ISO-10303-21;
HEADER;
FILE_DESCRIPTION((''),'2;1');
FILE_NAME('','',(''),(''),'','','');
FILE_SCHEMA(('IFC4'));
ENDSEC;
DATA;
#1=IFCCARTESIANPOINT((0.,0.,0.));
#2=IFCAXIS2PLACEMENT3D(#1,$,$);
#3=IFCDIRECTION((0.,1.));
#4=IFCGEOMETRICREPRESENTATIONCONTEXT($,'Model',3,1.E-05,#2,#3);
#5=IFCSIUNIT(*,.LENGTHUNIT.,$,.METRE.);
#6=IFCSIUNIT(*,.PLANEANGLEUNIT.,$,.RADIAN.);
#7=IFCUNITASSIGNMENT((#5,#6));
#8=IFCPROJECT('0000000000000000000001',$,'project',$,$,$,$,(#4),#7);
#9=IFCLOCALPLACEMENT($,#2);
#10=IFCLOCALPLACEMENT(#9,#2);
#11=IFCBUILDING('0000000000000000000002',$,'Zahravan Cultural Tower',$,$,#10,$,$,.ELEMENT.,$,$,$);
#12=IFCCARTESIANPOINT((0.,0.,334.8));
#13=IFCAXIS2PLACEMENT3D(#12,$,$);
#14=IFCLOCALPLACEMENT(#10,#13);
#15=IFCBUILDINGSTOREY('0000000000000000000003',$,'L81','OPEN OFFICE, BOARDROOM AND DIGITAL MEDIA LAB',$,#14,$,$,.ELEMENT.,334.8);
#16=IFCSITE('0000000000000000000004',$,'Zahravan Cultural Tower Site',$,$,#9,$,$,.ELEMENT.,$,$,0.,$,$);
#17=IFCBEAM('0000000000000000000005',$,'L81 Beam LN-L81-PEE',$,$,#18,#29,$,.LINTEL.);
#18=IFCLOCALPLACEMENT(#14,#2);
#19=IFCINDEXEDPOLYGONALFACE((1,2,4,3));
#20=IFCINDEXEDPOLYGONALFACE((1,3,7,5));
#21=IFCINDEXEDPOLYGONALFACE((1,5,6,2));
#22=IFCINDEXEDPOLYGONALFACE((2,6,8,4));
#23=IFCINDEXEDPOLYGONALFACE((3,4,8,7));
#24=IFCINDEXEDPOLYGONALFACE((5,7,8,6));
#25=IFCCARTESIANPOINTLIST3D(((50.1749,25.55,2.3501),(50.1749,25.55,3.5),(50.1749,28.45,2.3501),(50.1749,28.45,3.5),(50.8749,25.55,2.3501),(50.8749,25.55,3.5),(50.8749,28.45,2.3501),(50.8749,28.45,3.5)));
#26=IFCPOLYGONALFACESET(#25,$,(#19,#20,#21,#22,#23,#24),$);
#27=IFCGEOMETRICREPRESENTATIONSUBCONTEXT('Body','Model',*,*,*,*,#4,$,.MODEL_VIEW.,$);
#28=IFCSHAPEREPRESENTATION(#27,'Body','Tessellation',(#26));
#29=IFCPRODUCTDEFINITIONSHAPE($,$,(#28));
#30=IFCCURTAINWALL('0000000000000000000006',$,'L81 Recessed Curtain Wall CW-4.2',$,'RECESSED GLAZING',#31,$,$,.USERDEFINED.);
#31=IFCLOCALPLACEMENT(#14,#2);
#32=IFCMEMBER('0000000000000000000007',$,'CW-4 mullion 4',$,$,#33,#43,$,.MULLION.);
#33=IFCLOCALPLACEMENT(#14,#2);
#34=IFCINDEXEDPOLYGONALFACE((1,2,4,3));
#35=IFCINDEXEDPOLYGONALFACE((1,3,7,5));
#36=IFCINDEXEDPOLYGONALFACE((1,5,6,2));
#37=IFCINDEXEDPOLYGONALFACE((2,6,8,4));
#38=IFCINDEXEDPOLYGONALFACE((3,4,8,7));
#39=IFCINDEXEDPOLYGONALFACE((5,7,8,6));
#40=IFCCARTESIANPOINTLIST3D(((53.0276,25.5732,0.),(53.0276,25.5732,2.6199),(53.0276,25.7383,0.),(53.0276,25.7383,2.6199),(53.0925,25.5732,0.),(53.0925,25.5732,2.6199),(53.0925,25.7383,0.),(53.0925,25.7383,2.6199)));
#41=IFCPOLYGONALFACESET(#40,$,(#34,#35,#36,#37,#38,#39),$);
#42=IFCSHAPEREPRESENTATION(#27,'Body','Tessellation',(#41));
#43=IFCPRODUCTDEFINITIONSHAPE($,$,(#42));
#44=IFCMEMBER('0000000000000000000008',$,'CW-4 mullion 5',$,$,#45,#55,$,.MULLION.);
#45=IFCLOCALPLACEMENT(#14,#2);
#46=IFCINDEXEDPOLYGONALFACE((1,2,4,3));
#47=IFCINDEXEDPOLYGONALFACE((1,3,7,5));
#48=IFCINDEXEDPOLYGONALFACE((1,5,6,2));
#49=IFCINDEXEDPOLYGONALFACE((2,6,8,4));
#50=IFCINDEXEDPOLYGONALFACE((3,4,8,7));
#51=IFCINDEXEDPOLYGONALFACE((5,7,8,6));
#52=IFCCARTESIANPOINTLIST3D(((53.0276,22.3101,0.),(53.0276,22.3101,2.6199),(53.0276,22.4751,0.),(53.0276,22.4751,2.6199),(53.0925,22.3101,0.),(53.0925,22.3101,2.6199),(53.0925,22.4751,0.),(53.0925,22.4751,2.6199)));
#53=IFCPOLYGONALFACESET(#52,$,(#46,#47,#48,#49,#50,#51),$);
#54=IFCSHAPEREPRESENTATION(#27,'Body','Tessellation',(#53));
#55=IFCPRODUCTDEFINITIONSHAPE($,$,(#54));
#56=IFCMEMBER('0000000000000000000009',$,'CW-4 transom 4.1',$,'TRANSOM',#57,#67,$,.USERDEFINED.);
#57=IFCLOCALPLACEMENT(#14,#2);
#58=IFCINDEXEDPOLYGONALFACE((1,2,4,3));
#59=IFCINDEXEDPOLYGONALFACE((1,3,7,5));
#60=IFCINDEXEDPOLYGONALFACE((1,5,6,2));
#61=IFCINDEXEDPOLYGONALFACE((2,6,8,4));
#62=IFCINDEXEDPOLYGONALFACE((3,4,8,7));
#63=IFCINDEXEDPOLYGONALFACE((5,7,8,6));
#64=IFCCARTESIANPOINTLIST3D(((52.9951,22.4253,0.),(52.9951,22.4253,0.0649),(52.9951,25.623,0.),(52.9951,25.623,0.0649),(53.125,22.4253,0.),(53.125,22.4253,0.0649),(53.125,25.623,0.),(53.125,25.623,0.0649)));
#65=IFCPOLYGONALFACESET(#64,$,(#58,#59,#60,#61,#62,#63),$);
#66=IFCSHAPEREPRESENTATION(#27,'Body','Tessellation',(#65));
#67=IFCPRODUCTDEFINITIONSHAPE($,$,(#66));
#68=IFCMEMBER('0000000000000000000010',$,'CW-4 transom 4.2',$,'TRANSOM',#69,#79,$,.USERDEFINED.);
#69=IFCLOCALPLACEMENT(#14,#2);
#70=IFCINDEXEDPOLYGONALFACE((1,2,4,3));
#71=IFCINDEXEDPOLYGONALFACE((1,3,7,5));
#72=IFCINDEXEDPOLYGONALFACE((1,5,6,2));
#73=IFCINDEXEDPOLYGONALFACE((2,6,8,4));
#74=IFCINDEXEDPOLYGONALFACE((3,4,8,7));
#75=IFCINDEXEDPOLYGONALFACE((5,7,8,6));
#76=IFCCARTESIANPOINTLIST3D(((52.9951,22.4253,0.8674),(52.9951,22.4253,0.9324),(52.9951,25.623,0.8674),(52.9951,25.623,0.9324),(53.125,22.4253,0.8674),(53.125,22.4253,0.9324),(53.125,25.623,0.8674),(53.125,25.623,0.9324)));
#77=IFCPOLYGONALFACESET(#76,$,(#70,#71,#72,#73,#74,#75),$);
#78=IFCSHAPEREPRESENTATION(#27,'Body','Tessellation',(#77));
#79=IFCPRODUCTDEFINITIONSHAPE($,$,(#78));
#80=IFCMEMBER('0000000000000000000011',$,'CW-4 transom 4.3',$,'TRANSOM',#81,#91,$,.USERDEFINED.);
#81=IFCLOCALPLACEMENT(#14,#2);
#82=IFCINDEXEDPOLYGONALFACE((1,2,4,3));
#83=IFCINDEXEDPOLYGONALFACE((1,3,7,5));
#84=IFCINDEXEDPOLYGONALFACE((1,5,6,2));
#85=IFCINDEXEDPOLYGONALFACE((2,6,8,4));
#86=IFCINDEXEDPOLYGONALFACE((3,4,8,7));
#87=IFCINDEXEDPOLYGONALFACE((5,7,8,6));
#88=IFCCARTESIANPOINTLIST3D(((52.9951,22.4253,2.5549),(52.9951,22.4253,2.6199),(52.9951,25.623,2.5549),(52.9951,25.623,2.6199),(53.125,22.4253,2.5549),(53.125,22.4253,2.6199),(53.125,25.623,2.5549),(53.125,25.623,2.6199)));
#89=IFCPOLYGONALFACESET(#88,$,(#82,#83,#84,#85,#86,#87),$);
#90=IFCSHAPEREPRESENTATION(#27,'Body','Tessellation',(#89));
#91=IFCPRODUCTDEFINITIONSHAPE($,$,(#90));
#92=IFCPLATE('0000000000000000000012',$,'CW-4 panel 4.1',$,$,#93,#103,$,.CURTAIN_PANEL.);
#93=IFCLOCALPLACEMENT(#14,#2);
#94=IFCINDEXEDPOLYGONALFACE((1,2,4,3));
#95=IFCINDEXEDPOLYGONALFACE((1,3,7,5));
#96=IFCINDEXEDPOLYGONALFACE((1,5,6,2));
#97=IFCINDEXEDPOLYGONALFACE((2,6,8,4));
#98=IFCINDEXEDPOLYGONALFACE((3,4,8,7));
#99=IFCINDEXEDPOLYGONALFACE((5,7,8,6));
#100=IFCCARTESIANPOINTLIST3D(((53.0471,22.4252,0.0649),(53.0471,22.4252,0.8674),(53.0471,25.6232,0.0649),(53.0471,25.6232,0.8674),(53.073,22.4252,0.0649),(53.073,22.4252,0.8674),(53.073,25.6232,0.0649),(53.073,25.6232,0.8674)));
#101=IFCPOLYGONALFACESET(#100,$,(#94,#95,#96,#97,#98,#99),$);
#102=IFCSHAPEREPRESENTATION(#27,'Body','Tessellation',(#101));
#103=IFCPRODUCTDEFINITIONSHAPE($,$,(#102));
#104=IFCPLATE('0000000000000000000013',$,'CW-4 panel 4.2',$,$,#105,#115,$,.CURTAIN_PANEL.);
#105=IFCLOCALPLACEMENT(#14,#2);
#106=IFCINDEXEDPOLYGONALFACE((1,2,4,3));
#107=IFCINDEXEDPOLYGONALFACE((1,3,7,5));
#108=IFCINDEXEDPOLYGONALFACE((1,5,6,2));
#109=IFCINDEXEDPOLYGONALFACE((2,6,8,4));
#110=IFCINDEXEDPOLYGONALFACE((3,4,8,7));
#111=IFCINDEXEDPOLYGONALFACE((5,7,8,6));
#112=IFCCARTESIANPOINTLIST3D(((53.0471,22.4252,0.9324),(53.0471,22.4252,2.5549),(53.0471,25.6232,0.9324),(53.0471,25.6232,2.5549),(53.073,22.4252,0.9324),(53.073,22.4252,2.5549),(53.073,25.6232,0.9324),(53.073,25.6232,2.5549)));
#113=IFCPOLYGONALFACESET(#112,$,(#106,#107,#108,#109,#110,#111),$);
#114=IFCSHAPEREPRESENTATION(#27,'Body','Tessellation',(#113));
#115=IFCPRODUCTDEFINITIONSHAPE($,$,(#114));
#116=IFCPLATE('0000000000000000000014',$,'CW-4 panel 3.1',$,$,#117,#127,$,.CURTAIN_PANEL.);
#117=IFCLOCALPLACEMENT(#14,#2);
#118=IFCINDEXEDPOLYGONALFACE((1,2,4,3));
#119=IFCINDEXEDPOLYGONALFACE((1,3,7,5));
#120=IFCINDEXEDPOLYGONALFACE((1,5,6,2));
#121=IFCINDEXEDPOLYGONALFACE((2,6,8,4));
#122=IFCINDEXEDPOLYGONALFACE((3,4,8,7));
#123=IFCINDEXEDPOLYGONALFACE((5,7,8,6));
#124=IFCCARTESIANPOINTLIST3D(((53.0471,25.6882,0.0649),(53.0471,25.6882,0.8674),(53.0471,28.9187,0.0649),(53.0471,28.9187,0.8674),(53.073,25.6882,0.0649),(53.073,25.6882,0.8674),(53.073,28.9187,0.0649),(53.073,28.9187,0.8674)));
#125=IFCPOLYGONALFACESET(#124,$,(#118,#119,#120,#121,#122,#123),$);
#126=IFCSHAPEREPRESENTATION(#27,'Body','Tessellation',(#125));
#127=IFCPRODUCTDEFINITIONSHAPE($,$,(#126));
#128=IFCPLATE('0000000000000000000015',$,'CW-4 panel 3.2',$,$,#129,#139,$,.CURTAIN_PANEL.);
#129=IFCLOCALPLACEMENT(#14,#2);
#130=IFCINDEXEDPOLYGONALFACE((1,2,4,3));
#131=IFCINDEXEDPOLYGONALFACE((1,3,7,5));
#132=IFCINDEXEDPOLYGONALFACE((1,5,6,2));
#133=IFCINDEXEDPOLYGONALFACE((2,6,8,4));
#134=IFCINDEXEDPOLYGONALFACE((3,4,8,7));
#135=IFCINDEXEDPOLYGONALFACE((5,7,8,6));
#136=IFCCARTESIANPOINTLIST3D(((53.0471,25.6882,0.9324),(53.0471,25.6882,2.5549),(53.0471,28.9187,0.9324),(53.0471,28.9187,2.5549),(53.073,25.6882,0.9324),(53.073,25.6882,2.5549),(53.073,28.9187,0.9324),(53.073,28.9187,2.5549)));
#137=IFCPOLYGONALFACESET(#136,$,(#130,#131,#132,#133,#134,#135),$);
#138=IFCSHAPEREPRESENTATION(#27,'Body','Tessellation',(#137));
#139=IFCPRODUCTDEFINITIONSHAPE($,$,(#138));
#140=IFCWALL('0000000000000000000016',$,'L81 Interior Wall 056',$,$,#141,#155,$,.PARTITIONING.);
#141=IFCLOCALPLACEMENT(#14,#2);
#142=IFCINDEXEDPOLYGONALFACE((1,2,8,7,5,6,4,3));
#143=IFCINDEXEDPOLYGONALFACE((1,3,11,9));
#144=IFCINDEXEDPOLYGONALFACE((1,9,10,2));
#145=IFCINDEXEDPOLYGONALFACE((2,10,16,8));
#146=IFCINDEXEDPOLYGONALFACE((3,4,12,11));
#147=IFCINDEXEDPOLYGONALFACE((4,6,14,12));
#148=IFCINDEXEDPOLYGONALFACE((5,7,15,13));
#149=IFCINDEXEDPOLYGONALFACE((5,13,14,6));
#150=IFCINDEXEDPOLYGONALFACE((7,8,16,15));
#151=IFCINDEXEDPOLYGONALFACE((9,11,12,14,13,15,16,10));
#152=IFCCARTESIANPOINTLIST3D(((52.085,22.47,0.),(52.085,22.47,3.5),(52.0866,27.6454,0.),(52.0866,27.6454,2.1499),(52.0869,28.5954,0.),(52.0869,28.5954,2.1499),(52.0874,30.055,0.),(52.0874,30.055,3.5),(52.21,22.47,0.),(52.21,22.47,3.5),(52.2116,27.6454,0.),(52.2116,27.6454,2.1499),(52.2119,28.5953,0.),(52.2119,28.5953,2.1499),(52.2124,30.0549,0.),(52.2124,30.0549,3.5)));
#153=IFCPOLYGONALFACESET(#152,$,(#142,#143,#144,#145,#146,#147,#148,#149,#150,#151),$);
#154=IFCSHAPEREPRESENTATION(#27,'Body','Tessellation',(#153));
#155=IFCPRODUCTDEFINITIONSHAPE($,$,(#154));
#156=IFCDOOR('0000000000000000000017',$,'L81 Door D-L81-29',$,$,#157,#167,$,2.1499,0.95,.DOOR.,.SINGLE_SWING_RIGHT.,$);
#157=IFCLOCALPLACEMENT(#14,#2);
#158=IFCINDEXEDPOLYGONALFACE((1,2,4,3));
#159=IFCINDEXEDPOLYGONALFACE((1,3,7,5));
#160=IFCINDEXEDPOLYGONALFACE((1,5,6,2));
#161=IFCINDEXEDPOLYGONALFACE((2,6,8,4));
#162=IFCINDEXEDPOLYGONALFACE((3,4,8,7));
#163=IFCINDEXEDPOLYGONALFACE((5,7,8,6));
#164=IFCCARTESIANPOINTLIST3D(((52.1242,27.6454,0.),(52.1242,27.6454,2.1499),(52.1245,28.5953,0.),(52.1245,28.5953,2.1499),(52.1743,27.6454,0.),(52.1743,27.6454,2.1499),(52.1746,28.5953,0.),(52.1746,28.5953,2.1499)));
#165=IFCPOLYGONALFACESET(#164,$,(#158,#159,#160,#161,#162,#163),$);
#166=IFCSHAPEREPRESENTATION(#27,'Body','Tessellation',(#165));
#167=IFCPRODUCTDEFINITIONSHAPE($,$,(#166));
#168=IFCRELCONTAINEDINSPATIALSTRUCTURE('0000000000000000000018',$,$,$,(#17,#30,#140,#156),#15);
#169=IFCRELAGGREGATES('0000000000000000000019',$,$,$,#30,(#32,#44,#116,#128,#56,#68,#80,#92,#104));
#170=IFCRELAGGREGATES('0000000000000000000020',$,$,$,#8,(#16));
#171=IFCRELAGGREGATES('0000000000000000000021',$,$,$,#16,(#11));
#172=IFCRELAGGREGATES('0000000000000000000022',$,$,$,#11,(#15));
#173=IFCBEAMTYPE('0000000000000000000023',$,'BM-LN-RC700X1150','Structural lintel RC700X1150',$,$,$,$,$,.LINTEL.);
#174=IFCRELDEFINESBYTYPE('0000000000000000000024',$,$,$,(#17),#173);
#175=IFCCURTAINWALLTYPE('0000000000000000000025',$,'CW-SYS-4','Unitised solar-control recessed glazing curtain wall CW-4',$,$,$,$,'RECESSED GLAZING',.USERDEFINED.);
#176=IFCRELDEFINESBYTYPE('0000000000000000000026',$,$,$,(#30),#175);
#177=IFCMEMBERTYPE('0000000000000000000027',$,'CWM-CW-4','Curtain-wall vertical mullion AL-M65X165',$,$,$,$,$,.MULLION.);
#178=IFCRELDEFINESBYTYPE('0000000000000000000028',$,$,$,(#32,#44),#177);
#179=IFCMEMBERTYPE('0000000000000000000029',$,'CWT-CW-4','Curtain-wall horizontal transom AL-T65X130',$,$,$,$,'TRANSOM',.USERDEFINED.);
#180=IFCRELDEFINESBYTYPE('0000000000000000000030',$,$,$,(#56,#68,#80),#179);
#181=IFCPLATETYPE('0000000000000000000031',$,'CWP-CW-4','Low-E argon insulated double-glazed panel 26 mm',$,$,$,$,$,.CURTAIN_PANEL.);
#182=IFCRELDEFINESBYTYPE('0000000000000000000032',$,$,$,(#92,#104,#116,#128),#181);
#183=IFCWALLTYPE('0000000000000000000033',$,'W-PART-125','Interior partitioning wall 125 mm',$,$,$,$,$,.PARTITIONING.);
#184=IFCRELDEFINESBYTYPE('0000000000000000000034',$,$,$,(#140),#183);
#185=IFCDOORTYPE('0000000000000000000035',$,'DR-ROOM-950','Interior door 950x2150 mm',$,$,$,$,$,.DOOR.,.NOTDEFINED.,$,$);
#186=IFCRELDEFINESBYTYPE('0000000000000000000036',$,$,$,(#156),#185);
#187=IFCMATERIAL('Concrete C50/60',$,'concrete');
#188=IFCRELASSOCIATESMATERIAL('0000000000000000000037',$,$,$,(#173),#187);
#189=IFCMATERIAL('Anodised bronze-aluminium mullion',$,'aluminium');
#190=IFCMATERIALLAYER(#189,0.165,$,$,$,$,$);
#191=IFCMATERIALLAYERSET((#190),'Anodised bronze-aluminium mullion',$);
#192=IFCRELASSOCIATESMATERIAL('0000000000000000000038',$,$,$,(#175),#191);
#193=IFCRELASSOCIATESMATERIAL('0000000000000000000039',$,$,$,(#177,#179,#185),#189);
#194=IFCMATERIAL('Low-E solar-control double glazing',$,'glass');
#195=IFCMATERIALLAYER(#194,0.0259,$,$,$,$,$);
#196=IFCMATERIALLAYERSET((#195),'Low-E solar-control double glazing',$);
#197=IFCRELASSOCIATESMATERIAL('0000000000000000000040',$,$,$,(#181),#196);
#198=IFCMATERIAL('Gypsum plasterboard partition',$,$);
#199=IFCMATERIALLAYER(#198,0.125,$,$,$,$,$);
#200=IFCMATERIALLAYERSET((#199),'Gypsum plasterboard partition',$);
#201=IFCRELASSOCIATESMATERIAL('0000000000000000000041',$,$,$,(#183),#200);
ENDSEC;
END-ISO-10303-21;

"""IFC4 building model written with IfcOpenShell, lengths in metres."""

from ifc_helpers import new_model, si_unit, direction, frame, frame_2d, origin, origin_2d, place, context, subcontext, project, spatial, rectangle, extrude, source, transform, mapped, material, layer, layer_set, material_profile, profile_set, type_object, element, fill, aggregate, save


model = new_model("IFC4")

# Units and contexts
model_context = context("Model", 3, precision=1e-05, world=origin(), true_north=direction((0.0, 1.0)))
body_context = subcontext(model_context, "Body", "Model", "MODEL_VIEW")
ifc_project = project(units=[si_unit("LENGTHUNIT", "METRE"), si_unit("PLANEANGLEUNIT", "RADIAN")], contexts=[model_context])

# Site, building, storey
site_placement = place(None, origin())
site = spatial("IfcSite", under=ifc_project, at=site_placement, Name="Zahravan Cultural Tower Site", CompositionType="ELEMENT", RefElevation=0.0)
building_placement = place(site_placement, origin())
building = spatial("IfcBuilding", under=site, at=building_placement, Name="Zahravan Cultural Tower", CompositionType="ELEMENT")
storey_placement = place(building_placement, frame((0.0, 0.0, 334.8)))
storey = spatial("IfcBuildingStorey", under=building, at=storey_placement, Name="L81", Description="OPEN OFFICE, BOARDROOM AND DIGITAL MEDIA LAB", CompositionType="ELEMENT", Elevation=334.8)

# Beam
ifc_material_1 = material(Name="Concrete C50/60", Category="concrete")
ifc_material_profile_1 = material_profile(ifc_material_1, rectangle(XDim=0.7, YDim=1.1499, at=origin_2d()), Name="RC700X1150")
ifc_profile_set_1 = profile_set([ifc_material_profile_1], Name="Concrete C50/60")
beam_type = type_object("IfcBeamType", Name="BM-LN-RC700X1150", Description="Structural lintel RC700X1150", PredefinedType="LINTEL", material=ifc_profile_set_1)
shared_shape_1 = source(origin(), body_context, "Body", "SweptSolid", [
    extrude(rectangle(XDim=0.7, YDim=1.1499, at=origin_2d()), origin(), (0.0, 0.0, 1.0), 2.8999),
])
beam_placement = place(storey_placement, frame((50.5249, 25.55, 2.925), z_axis=(0.0, 1.0, 0.0), x_axis=(-1.0, 0.0, 0.0)))
element("IfcBeam", 1, at=beam_placement, inside=storey, type_object=beam_type, Name="L81 Beam LN-L81-PEE", PredefinedType="LINTEL", context=body_context, shape_type="MappedRepresentation", body=[
    mapped(shared_shape_1, transform((0.0, 0.0, 0.0), x_axis=(1.0, 0.0, 0.0), y_axis=(0.0, 1.0, 0.0), z_axis=(0.0, 0.0, 1.0), scale=1.0)),
])

# Curtain wall, members, plates
ifc_material_2 = material(Name="Anodised bronze-aluminium mullion", Category="aluminium")
ifc_layer_1 = layer(ifc_material_2, 0.165)
ifc_layer_set_1 = layer_set([ifc_layer_1], Name="Anodised bronze-aluminium mullion")
curtain_wall_type = type_object("IfcCurtainWallType", Name="CW-SYS-4", Description="Unitised solar-control recessed glazing curtain wall CW-4", ElementType="RECESSED GLAZING", PredefinedType="USERDEFINED", material=ifc_layer_set_1)
curtain_wall_placement = place(storey_placement, origin())
curtain_wall = element("IfcCurtainWall", 2, at=curtain_wall_placement, inside=storey, type_object=curtain_wall_type, Name="L81 Recessed Curtain Wall CW-4.2", ObjectType="RECESSED GLAZING", PredefinedType="USERDEFINED")
ifc_material_profile_2 = material_profile(ifc_material_2, rectangle(XDim=0.0649, YDim=0.165, at=origin_2d()), Name="AL-M65X165")
ifc_profile_set_2 = profile_set([ifc_material_profile_2], Name="Anodised bronze-aluminium mullion")
member_type_1 = type_object("IfcMemberType", Name="CWM-CW-4", Description="Curtain-wall vertical mullion AL-M65X165", PredefinedType="MULLION", material=ifc_profile_set_2)
shared_shape_2 = source(origin(), body_context, "Body", "SweptSolid", [
    extrude(rectangle(XDim=0.0649, YDim=0.165, at=origin_2d()), origin(), (0.0, 0.0, 1.0), 2.6199),
])
member_1_placement = place(storey_placement, frame((53.0601, 25.6558, 0.0), z_axis=(0.0, 0.0, 1.0), x_axis=(1.0, 0.0, 0.0)))
member_1 = element("IfcMember", 3, at=member_1_placement, type_object=member_type_1, Name="CW-4 mullion 4", PredefinedType="MULLION", context=body_context, shape_type="MappedRepresentation", body=[
    mapped(shared_shape_2, transform((0.0, 0.0, 0.0), x_axis=(1.0, 0.0, 0.0), y_axis=(0.0, 1.0, 0.0), z_axis=(0.0, 0.0, 1.0), scale=1.0)),
])
member_2_placement = place(storey_placement, frame((53.0601, 22.3926, 0.0), z_axis=(0.0, 0.0, 1.0), x_axis=(1.0, 0.0, 0.0)))
member_2 = element("IfcMember", 4, at=member_2_placement, type_object=member_type_1, Name="CW-4 mullion 5", PredefinedType="MULLION", context=body_context, shape_type="MappedRepresentation", body=[
    mapped(shared_shape_2, transform((0.0, 0.0, 0.0), x_axis=(1.0, 0.0, 0.0), y_axis=(0.0, 1.0, 0.0), z_axis=(0.0, 0.0, 1.0), scale=1.0)),
])
ifc_material_profile_3 = material_profile(ifc_material_2, rectangle(XDim=0.1299, YDim=0.0649, at=origin_2d()), Name="AL-T65X130")
ifc_profile_set_3 = profile_set([ifc_material_profile_3], Name="Anodised bronze-aluminium mullion")
member_type_2 = type_object("IfcMemberType", Name="CWT-CW-4", Description="Curtain-wall horizontal transom AL-T65X130", ElementType="TRANSOM", PredefinedType="USERDEFINED", material=ifc_profile_set_3)
shared_shape_3 = source(origin(), body_context, "Body", "SweptSolid", [
    extrude(rectangle(XDim=0.1299, YDim=0.0649, at=origin_2d()), origin(), (0.0, 0.0, 1.0), 3.1978),
])
member_3_placement = place(storey_placement, frame((53.0601, 25.623, 0.0325), z_axis=(0.0, -1.0, 0.0), x_axis=(1.0, 0.0, 0.0)))
member_3 = element("IfcMember", 5, at=member_3_placement, type_object=member_type_2, Name="CW-4 transom 4.1", ObjectType="TRANSOM", PredefinedType="USERDEFINED", context=body_context, shape_type="MappedRepresentation", body=[
    mapped(shared_shape_3, transform((0.0, 0.0, 0.0), x_axis=(1.0, 0.0, 0.0), y_axis=(0.0, 1.0, 0.0), z_axis=(0.0, 0.0, 1.0), scale=1.0)),
])
member_4_placement = place(storey_placement, frame((53.0601, 25.623, 0.8999), z_axis=(0.0, -1.0, 0.0), x_axis=(1.0, 0.0, 0.0)))
member_4 = element("IfcMember", 6, at=member_4_placement, type_object=member_type_2, Name="CW-4 transom 4.2", ObjectType="TRANSOM", PredefinedType="USERDEFINED", context=body_context, shape_type="MappedRepresentation", body=[
    mapped(shared_shape_3, transform((0.0, 0.0, 0.0), x_axis=(1.0, 0.0, 0.0), y_axis=(0.0, 1.0, 0.0), z_axis=(0.0, 0.0, 1.0), scale=1.0)),
])
member_5_placement = place(storey_placement, frame((53.0601, 25.623, 2.5874), z_axis=(0.0, -1.0, 0.0), x_axis=(1.0, 0.0, 0.0)))
member_5 = element("IfcMember", 7, at=member_5_placement, type_object=member_type_2, Name="CW-4 transom 4.3", ObjectType="TRANSOM", PredefinedType="USERDEFINED", context=body_context, shape_type="MappedRepresentation", body=[
    mapped(shared_shape_3, transform((0.0, 0.0, 0.0), x_axis=(1.0, 0.0, 0.0), y_axis=(0.0, 1.0, 0.0), z_axis=(0.0, 0.0, 1.0), scale=1.0)),
])
ifc_material_3 = material(Name="Low-E solar-control double glazing", Category="glass")
ifc_layer_2 = layer(ifc_material_3, 0.0259)
ifc_layer_set_2 = layer_set([ifc_layer_2], Name="Low-E solar-control double glazing")
plate_type = type_object("IfcPlateType", Name="CWP-CW-4", Description="Low-E argon insulated double-glazed panel 26 mm", PredefinedType="CURTAIN_PANEL", material=ifc_layer_set_2)
shared_shape_4 = source(origin(), body_context, "Body", "SweptSolid", [
    extrude(rectangle(XDim=3.198, YDim=0.0259, at=origin_2d()), origin(), (0.0, 0.0, 1.0), 0.8025),
])
plate_1_placement = place(storey_placement, frame((53.0601, 24.0242, 0.0649), z_axis=(0.0, 0.0, 1.0), x_axis=(0.0, -1.0, 0.0)))
plate_1 = element("IfcPlate", 8, at=plate_1_placement, type_object=plate_type, Name="CW-4 panel 4.1", PredefinedType="CURTAIN_PANEL", context=body_context, shape_type="MappedRepresentation", body=[
    mapped(shared_shape_4, transform((0.0, 0.0, 0.0), x_axis=(1.0, 0.0, 0.0), y_axis=(0.0, 1.0, 0.0), z_axis=(0.0, 0.0, 1.0), scale=1.0)),
])
shared_shape_5 = source(origin(), body_context, "Body", "SweptSolid", [
    extrude(rectangle(XDim=3.198, YDim=0.0259, at=origin_2d()), origin(), (0.0, 0.0, 1.0), 1.6226),
])
plate_2_placement = place(storey_placement, frame((53.0601, 24.0242, 0.9324), z_axis=(0.0, 0.0, 1.0), x_axis=(0.0, -1.0, 0.0)))
plate_2 = element("IfcPlate", 9, at=plate_2_placement, type_object=plate_type, Name="CW-4 panel 4.2", PredefinedType="CURTAIN_PANEL", context=body_context, shape_type="MappedRepresentation", body=[
    mapped(shared_shape_5, transform((0.0, 0.0, 0.0), x_axis=(1.0, 0.0, 0.0), y_axis=(0.0, 1.0, 0.0), z_axis=(0.0, 0.0, 1.0), scale=1.0)),
])
shared_shape_6 = source(origin(), body_context, "Body", "SweptSolid", [
    extrude(rectangle(XDim=3.2305, YDim=0.0259, at=origin_2d()), origin(), (0.0, 0.0, 1.0), 0.8025),
])
plate_3_placement = place(storey_placement, frame((53.0601, 27.3035, 0.0649), z_axis=(0.0, 0.0, 1.0), x_axis=(0.0, -1.0, 0.0)))
plate_3 = element("IfcPlate", 10, at=plate_3_placement, type_object=plate_type, Name="CW-4 panel 3.1", PredefinedType="CURTAIN_PANEL", context=body_context, shape_type="MappedRepresentation", body=[
    mapped(shared_shape_6, transform((0.0, 0.0, 0.0), x_axis=(1.0, 0.0, 0.0), y_axis=(0.0, 1.0, 0.0), z_axis=(0.0, 0.0, 1.0), scale=1.0)),
])
shared_shape_7 = source(origin(), body_context, "Body", "SweptSolid", [
    extrude(rectangle(XDim=3.2305, YDim=0.0259, at=origin_2d()), origin(), (0.0, 0.0, 1.0), 1.6226),
])
plate_4_placement = place(storey_placement, frame((53.0601, 27.3035, 0.9324), z_axis=(0.0, 0.0, 1.0), x_axis=(0.0, -1.0, 0.0)))
plate_4 = element("IfcPlate", 11, at=plate_4_placement, type_object=plate_type, Name="CW-4 panel 3.2", PredefinedType="CURTAIN_PANEL", context=body_context, shape_type="MappedRepresentation", body=[
    mapped(shared_shape_7, transform((0.0, 0.0, 0.0), x_axis=(1.0, 0.0, 0.0), y_axis=(0.0, 1.0, 0.0), z_axis=(0.0, 0.0, 1.0), scale=1.0)),
])
aggregate(curtain_wall, [member_1, member_2, plate_3, plate_4, member_3, member_4, member_5, plate_1, plate_2])

# Wall, opening, door
ifc_material_4 = material(Name="Gypsum plasterboard partition")
ifc_layer_3 = layer(ifc_material_4, 0.125)
ifc_layer_set_3 = layer_set([ifc_layer_3], Name="Gypsum plasterboard partition")
wall_type_1 = type_object("IfcWallType", Name="W-PART-125", Description="Interior partitioning wall 125 mm", PredefinedType="PARTITIONING", material=ifc_layer_set_3)
wall_1_placement = place(storey_placement, frame((52.1475, 22.47, 0.0), z_axis=(0.0, 0.0, 1.0), x_axis=(0.000322, 1.0, 0.0)))
wall_1 = element("IfcWall", 12, at=wall_1_placement, inside=storey, type_object=wall_type_1, Name="L81 Interior Wall 056", PredefinedType="PARTITIONING", context=body_context, shape_type="SweptSolid", body=[
    extrude(rectangle(XDim=7.585, YDim=0.125, at=frame_2d((3.7925, 0.0))), origin(), (0.0, 0.0, 1.0), 3.5),
])
opening_placement = place(wall_1_placement, frame((5.1753, 0.0, 0.0)))
opening = element("IfcOpeningElement", 13, at=opening_placement, cuts=wall_1, PredefinedType="OPENING", context=body_context, shape_type="SweptSolid", body=[
    extrude(rectangle(XDim=0.95, YDim=2.1499, at=frame_2d((0.4751, 1.075))), frame((0.0, 0.0725, 0.0), z_axis=(0.0, -1.0, 0.0), x_axis=(1.0, 0.0, 0.0)), (0.0, 0.0, 1.0), 0.145),
])
door_type = type_object("IfcDoorType", Name="DR-ROOM-950", Description="Interior door 950x2150 mm", OperationType="NOTDEFINED", PredefinedType="DOOR", material=ifc_material_2)
shared_shape_8 = source(origin(), body_context, "Body", "SweptSolid", [
    extrude(rectangle(XDim=0.95, YDim=2.1499, at=frame_2d((0.4751, 1.075))), frame((0.0, 0.0249, 0.0), z_axis=(0.0, -1.0, 0.0), x_axis=(1.0, 0.0, 0.0)), (0.0, 0.0, 1.0), 0.05),
])
door_placement = place(opening_placement, origin())
door = element("IfcDoor", 14, at=door_placement, inside=storey, type_object=door_type, Name="L81 Door D-L81-29", OperationType="SINGLE_SWING_RIGHT", OverallHeight=2.1499, OverallWidth=0.95, PredefinedType="DOOR", context=body_context, shape_type="MappedRepresentation", body=[
    mapped(shared_shape_8, transform((0.0, 0.0, 0.0), x_axis=(1.0, 0.0, 0.0), y_axis=(0.0, 1.0, 0.0), z_axis=(0.0, 0.0, 1.0), scale=1.0)),
])
fill(opening, door)

save(model, "model.ifc")
